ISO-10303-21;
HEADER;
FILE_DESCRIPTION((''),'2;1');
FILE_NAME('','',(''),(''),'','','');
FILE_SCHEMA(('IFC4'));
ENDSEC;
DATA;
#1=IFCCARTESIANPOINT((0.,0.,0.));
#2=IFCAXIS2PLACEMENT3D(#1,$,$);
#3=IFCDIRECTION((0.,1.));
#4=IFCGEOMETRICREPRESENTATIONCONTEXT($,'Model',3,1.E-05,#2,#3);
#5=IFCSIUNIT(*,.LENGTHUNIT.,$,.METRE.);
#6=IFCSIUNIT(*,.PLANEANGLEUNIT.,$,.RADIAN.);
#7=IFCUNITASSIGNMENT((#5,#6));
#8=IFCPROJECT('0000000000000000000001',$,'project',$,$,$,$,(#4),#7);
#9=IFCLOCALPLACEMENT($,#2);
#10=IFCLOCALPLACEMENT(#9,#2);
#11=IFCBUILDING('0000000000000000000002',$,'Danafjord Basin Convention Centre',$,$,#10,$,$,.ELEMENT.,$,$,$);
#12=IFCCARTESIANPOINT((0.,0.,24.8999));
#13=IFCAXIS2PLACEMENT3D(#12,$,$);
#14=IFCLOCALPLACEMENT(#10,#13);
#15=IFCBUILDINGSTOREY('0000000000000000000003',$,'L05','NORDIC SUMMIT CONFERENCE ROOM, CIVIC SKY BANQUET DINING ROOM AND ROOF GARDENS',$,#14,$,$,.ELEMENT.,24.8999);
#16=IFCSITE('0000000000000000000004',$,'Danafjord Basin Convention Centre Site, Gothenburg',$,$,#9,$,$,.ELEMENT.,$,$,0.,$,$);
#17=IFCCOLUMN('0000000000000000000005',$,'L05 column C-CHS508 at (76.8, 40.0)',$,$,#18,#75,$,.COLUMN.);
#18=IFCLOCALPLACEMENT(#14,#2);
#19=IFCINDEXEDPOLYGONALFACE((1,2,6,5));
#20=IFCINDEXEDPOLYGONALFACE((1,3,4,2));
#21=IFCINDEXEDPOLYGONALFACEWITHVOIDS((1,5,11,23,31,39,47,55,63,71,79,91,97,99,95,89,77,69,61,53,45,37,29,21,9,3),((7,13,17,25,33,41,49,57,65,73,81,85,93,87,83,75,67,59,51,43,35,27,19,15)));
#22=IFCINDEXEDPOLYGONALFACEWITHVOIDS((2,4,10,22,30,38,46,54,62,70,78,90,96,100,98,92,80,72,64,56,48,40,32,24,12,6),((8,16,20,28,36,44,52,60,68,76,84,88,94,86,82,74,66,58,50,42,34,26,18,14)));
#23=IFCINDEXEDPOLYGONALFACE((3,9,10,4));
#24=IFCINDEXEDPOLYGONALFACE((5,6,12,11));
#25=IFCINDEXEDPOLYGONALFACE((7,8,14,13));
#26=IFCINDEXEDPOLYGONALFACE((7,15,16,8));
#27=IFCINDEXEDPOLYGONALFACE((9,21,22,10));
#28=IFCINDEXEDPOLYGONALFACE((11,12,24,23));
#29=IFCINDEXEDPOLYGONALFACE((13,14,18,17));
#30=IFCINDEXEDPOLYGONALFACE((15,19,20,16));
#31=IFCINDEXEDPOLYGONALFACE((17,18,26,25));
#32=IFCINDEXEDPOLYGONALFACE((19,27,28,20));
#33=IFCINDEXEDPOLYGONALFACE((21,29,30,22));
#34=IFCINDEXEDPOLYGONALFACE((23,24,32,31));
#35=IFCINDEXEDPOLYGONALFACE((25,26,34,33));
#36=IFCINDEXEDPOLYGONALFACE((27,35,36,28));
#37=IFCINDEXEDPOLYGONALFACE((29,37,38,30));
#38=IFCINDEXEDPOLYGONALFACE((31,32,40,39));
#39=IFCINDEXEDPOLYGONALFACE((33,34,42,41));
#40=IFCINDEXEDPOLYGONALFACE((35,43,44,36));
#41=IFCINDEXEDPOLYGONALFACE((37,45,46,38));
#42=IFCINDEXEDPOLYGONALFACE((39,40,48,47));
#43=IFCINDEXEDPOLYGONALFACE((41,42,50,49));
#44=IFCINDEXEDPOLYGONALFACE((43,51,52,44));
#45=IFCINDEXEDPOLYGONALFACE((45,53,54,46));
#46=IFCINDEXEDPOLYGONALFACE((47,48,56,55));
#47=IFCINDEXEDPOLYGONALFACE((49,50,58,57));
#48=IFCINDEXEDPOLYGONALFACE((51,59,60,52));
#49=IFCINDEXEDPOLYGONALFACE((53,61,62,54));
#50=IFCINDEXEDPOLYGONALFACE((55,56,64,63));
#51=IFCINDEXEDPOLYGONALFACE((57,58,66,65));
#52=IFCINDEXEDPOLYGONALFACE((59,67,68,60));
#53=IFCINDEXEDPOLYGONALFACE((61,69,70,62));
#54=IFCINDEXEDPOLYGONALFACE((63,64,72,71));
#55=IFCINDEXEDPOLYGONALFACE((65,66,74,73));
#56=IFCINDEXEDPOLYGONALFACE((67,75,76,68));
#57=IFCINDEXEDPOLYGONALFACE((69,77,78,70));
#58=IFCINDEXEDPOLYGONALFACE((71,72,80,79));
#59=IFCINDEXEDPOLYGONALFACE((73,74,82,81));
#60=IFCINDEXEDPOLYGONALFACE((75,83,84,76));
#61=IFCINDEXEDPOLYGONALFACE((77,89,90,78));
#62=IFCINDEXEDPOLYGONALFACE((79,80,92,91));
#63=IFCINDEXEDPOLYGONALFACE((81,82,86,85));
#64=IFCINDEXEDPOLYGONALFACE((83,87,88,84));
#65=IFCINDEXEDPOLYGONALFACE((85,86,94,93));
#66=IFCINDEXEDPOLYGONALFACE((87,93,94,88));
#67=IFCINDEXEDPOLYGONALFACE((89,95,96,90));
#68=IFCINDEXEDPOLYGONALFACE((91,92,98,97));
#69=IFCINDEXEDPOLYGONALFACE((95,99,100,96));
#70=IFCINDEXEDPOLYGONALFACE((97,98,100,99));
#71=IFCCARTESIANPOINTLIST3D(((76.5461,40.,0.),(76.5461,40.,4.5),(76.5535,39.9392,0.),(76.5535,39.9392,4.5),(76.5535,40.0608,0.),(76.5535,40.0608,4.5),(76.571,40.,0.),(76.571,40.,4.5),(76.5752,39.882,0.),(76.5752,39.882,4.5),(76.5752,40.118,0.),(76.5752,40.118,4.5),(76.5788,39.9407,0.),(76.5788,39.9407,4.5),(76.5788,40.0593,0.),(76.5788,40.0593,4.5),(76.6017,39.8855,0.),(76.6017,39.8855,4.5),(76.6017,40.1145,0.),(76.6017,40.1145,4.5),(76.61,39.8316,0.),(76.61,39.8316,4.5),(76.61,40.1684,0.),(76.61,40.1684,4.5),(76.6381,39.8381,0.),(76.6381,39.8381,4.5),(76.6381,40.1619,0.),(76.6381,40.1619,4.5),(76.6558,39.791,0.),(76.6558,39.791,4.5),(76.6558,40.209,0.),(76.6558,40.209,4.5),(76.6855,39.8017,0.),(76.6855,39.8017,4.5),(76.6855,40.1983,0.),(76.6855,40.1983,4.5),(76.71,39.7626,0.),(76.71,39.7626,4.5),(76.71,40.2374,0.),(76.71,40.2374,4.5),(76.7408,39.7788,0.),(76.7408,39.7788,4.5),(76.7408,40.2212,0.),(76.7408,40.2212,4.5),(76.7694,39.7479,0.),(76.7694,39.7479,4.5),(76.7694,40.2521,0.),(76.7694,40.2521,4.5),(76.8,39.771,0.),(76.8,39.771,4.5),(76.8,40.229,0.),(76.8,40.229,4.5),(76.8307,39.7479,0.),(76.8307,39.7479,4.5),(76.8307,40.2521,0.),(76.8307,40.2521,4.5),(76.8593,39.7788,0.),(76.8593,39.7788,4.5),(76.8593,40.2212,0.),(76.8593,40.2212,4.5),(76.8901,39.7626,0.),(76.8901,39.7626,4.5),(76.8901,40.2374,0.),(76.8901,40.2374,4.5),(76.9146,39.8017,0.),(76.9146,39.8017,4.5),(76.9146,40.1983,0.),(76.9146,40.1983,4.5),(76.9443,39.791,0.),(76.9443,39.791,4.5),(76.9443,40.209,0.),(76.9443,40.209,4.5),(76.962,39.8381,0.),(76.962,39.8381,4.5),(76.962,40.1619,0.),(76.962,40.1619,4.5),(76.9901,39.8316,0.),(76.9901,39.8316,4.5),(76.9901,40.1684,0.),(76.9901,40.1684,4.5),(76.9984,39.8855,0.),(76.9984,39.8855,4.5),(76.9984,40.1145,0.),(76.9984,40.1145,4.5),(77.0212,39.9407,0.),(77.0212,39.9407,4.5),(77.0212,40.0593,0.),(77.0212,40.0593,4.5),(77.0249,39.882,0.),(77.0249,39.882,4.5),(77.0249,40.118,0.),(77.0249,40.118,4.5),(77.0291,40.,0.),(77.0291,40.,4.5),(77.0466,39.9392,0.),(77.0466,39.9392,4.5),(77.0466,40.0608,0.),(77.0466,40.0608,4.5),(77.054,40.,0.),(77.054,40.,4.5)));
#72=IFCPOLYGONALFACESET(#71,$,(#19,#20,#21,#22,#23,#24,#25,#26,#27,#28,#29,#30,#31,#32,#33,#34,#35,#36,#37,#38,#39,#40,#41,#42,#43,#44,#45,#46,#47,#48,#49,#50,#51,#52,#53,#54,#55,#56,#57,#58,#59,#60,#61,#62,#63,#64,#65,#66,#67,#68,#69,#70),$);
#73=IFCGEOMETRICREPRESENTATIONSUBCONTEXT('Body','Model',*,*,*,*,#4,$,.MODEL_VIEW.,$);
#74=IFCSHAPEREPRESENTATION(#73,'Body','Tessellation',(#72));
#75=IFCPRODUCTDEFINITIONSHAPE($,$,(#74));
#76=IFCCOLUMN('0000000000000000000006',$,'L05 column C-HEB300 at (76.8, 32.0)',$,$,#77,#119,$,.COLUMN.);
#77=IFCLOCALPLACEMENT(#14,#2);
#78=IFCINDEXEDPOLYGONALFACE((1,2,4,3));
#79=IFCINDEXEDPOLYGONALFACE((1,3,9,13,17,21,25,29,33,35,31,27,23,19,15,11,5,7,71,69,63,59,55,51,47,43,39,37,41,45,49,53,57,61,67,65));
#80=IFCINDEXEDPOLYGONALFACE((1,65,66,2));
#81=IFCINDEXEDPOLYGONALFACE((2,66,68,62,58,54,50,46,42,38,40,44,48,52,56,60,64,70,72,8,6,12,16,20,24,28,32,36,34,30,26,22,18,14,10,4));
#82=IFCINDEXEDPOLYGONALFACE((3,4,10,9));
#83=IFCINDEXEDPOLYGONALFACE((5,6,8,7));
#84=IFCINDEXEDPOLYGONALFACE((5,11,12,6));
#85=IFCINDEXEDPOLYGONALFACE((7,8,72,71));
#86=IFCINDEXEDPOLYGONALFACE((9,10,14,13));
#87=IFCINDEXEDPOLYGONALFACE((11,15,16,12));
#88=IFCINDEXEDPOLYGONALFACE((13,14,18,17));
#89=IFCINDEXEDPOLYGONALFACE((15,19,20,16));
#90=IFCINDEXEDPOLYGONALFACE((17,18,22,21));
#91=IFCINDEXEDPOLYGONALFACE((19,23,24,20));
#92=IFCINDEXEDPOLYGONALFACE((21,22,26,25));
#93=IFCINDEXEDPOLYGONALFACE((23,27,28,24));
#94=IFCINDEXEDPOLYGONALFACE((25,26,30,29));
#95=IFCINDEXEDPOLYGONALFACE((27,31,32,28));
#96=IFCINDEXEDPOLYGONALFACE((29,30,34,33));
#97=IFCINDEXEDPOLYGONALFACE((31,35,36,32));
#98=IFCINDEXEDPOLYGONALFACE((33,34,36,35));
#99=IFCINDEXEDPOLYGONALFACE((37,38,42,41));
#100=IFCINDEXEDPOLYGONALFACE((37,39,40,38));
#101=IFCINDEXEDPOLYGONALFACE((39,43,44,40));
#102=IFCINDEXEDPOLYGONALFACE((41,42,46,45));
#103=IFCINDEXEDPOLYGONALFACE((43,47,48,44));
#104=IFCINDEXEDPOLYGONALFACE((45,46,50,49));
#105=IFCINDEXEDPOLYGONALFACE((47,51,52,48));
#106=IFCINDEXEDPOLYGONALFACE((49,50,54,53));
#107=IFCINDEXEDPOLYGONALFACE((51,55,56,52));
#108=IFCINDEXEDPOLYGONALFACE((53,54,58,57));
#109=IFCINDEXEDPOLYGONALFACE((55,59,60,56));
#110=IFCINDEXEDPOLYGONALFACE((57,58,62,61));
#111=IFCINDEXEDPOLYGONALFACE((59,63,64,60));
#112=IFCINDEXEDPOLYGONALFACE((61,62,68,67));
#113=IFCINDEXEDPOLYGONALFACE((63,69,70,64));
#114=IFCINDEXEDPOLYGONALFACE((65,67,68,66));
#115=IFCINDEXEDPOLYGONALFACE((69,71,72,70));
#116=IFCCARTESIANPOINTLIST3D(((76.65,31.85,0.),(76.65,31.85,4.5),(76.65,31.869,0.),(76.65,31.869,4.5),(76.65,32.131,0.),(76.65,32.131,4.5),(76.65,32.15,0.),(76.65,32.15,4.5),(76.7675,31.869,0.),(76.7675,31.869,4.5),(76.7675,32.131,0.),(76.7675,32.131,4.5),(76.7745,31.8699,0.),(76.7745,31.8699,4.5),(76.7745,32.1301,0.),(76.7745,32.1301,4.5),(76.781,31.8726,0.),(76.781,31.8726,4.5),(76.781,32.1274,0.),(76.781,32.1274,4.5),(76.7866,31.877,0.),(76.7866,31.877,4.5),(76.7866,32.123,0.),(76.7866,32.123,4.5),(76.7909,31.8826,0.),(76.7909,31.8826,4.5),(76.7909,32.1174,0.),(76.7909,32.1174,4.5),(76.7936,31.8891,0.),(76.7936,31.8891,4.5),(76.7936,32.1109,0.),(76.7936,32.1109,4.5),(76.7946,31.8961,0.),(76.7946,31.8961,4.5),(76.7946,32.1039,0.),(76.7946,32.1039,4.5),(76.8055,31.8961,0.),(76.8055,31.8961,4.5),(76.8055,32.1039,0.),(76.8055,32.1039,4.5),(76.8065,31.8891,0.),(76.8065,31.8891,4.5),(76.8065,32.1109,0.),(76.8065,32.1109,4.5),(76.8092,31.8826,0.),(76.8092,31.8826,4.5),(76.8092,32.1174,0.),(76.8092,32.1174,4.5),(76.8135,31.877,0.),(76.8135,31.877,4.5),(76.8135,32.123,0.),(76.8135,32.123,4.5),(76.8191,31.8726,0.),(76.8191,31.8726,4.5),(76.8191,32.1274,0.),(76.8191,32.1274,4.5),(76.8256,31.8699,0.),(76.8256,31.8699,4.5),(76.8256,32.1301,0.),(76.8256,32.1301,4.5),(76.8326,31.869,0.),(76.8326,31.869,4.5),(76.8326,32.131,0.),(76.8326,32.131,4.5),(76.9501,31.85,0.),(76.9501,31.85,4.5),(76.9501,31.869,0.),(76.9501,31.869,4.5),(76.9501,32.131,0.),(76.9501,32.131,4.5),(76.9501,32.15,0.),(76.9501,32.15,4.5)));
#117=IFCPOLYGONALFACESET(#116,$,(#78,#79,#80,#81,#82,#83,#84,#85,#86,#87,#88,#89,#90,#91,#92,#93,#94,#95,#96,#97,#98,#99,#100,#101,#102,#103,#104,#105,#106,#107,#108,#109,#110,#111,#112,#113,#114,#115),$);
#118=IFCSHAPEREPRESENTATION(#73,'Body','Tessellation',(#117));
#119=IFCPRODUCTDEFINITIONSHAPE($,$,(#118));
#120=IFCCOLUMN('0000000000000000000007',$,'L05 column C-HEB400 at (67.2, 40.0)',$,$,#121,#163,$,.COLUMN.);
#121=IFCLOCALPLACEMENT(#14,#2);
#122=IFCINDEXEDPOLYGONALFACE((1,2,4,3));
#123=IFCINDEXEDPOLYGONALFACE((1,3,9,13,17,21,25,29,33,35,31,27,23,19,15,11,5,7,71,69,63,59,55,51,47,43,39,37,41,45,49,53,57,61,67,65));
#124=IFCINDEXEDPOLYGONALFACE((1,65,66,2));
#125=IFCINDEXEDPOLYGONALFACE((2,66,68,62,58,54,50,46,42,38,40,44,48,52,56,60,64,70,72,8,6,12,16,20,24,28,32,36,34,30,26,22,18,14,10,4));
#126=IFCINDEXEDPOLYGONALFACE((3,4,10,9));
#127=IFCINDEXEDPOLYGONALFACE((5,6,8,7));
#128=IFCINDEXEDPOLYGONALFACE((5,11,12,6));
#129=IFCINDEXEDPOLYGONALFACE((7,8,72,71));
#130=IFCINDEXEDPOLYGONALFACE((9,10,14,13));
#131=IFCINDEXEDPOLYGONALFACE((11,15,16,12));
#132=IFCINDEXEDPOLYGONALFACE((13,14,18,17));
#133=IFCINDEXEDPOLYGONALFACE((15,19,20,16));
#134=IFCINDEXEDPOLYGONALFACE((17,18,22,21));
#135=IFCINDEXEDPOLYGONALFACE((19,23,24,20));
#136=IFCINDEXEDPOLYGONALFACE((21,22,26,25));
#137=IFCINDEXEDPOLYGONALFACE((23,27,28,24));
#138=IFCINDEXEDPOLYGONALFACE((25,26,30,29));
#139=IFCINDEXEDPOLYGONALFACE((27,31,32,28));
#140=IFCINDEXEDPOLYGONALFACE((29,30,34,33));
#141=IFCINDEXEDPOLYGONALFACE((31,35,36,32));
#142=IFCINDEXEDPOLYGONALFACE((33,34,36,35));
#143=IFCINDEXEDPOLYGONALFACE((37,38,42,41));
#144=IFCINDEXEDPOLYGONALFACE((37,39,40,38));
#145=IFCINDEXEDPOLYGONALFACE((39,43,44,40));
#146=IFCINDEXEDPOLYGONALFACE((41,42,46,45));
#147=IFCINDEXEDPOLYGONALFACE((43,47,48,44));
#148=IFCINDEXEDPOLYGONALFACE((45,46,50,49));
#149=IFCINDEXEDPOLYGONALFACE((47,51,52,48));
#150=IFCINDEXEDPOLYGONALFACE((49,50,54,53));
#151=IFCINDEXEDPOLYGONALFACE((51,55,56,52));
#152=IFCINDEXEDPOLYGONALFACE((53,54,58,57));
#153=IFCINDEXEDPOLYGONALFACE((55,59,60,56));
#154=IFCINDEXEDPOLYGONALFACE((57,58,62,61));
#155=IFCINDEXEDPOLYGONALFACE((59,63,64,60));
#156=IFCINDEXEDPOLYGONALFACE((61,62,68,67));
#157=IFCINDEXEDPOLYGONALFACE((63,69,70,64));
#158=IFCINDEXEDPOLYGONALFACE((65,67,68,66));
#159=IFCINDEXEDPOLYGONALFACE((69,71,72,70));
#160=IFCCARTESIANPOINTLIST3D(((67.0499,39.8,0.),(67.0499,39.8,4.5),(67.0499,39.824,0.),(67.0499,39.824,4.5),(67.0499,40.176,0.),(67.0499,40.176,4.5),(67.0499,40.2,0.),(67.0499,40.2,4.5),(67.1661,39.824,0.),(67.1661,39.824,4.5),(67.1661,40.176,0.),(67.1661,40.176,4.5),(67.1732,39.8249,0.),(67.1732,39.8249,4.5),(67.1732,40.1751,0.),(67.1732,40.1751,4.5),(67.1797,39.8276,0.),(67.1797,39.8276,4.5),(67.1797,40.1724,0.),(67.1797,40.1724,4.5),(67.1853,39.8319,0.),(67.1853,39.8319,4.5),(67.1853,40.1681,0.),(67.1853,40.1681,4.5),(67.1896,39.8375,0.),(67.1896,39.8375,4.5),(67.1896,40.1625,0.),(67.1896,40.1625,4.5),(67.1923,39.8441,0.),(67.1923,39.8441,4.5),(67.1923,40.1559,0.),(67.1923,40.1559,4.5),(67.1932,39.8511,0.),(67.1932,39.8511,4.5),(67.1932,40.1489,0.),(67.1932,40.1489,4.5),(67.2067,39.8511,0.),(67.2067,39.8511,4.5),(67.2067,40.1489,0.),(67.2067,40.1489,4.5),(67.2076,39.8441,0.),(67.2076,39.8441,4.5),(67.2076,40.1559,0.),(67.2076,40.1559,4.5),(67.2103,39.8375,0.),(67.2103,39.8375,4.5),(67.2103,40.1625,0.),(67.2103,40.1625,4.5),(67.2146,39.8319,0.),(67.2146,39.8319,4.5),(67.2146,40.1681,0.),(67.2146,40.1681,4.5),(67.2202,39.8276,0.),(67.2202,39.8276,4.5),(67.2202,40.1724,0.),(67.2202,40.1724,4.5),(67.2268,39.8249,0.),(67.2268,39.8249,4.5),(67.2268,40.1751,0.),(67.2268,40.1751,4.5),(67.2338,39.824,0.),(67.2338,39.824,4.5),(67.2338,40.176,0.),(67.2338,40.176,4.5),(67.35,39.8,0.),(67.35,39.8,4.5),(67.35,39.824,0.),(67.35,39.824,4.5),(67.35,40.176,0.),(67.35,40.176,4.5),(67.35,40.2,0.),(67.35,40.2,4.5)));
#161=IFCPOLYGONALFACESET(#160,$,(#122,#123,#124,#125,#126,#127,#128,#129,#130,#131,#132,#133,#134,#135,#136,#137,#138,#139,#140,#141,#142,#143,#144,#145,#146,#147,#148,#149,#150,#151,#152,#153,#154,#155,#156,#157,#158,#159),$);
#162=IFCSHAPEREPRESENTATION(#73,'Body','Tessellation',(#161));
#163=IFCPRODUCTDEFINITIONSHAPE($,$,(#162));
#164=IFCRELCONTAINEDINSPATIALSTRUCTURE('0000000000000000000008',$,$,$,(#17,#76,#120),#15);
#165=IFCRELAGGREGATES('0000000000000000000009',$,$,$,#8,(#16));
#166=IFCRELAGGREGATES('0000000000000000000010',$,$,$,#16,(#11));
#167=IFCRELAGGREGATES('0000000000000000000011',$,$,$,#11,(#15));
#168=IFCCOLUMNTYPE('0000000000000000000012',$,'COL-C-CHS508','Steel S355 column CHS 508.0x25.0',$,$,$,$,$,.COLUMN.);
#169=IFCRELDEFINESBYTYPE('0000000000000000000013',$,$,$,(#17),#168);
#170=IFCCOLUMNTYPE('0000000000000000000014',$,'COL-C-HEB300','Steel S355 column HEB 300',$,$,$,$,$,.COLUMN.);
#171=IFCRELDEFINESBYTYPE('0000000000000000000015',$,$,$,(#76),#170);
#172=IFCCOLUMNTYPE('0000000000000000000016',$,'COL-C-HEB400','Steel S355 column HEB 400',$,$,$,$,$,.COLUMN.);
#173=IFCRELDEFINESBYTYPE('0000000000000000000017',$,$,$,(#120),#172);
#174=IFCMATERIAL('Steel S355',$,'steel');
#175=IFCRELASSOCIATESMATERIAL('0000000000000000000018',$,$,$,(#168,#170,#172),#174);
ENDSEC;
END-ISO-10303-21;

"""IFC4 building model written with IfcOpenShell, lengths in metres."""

from ifc_helpers import new_model, si_unit, direction, frame, origin, origin_2d, place, context, subcontext, project, spatial, hollow_circle, i_section, extrude, material, material_profile, profile_set, type_object, element, save


model = new_model("IFC4")

# Units and contexts
model_context = context("Model", 3, precision=1e-05, world=origin(), true_north=direction((0.0, 1.0)))
body_context = subcontext(model_context, "Body", "Model", "MODEL_VIEW")
ifc_project = project(units=[si_unit("LENGTHUNIT", "METRE"), si_unit("PLANEANGLEUNIT", "RADIAN")], contexts=[model_context])

# Site, building, storey
site_placement = place(None, origin())
site = spatial("IfcSite", under=ifc_project, at=site_placement, Name="Danafjord Basin Convention Centre Site, Gothenburg", CompositionType="ELEMENT", RefElevation=0.0)
building_placement = place(site_placement, origin())
building = spatial("IfcBuilding", under=site, at=building_placement, Name="Danafjord Basin Convention Centre", CompositionType="ELEMENT")
storey_placement = place(building_placement, frame((0.0, 0.0, 24.8999)))
storey = spatial("IfcBuildingStorey", under=building, at=storey_placement, Name="L05", Description="NORDIC SUMMIT CONFERENCE ROOM, CIVIC SKY BANQUET DINING ROOM AND ROOF GARDENS", CompositionType="ELEMENT", Elevation=24.8999)

# Columns
ifc_material_1 = material(Name="Steel S355", Category="steel")
ifc_material_profile_1 = material_profile(ifc_material_1, hollow_circle(Radius=0.2539, WallThickness=0.0249, at=origin_2d()), Name="CHS 508.0x25.0")
ifc_profile_set_1 = profile_set([ifc_material_profile_1], Name="Steel S355")
column_type_1 = type_object("IfcColumnType", Name="COL-C-CHS508", Description="Steel S355 column CHS 508.0x25.0", PredefinedType="COLUMN", material=ifc_profile_set_1)
column_1_placement = place(storey_placement, frame((76.8, 40.0, 0.0), z_axis=(0.0, 0.0, 1.0), x_axis=(1.0, 0.0, 0.0)))
element("IfcColumn", 1, at=column_1_placement, inside=storey, type_object=column_type_1, Name="L05 column C-CHS508 at (76.8, 40.0)", PredefinedType="COLUMN", context=body_context, shape_type="SweptSolid", body=[
    extrude(hollow_circle(Radius=0.2539, WallThickness=0.0249, at=origin_2d()), origin(), (0.0, 0.0, 1.0), 4.5),
])
ifc_material_profile_2 = material_profile(ifc_material_1, i_section(OverallWidth=0.3, OverallDepth=0.3, WebThickness=0.011, FlangeThickness=0.019, FilletRadius=0.0271, at=origin_2d()), Name="HEB 300")
ifc_profile_set_2 = profile_set([ifc_material_profile_2], Name="Steel S355")
column_type_2 = type_object("IfcColumnType", Name="COL-C-HEB300", Description="Steel S355 column HEB 300", PredefinedType="COLUMN", material=ifc_profile_set_2)
column_2_placement = place(storey_placement, frame((76.8, 32.0, 0.0), z_axis=(0.0, 0.0, 1.0), x_axis=(1.0, 0.0, 0.0)))
element("IfcColumn", 2, at=column_2_placement, inside=storey, type_object=column_type_2, Name="L05 column C-HEB300 at (76.8, 32.0)", PredefinedType="COLUMN", context=body_context, shape_type="SweptSolid", body=[
    extrude(i_section(OverallWidth=0.3, OverallDepth=0.3, WebThickness=0.011, FlangeThickness=0.019, FilletRadius=0.0271, at=origin_2d()), origin(), (0.0, 0.0, 1.0), 4.5),
])
ifc_material_profile_3 = material_profile(ifc_material_1, i_section(OverallWidth=0.3, OverallDepth=0.3999, WebThickness=0.0134, FlangeThickness=0.0239, FilletRadius=0.0271, at=origin_2d()), Name="HEB 400")
ifc_profile_set_3 = profile_set([ifc_material_profile_3], Name="Steel S355")
column_type_3 = type_object("IfcColumnType", Name="COL-C-HEB400", Description="Steel S355 column HEB 400", PredefinedType="COLUMN", material=ifc_profile_set_3)
column_3_placement = place(storey_placement, frame((67.2, 40.0, 0.0), z_axis=(0.0, 0.0, 1.0), x_axis=(1.0, 0.0, 0.0)))
element("IfcColumn", 3, at=column_3_placement, inside=storey, type_object=column_type_3, Name="L05 column C-HEB400 at (67.2, 40.0)", PredefinedType="COLUMN", context=body_context, shape_type="SweptSolid", body=[
    extrude(i_section(OverallWidth=0.3, OverallDepth=0.3999, WebThickness=0.0134, FlangeThickness=0.0239, FilletRadius=0.0271, at=origin_2d()), origin(), (0.0, 0.0, 1.0), 4.5),
])

save(model, "model.ifc")
